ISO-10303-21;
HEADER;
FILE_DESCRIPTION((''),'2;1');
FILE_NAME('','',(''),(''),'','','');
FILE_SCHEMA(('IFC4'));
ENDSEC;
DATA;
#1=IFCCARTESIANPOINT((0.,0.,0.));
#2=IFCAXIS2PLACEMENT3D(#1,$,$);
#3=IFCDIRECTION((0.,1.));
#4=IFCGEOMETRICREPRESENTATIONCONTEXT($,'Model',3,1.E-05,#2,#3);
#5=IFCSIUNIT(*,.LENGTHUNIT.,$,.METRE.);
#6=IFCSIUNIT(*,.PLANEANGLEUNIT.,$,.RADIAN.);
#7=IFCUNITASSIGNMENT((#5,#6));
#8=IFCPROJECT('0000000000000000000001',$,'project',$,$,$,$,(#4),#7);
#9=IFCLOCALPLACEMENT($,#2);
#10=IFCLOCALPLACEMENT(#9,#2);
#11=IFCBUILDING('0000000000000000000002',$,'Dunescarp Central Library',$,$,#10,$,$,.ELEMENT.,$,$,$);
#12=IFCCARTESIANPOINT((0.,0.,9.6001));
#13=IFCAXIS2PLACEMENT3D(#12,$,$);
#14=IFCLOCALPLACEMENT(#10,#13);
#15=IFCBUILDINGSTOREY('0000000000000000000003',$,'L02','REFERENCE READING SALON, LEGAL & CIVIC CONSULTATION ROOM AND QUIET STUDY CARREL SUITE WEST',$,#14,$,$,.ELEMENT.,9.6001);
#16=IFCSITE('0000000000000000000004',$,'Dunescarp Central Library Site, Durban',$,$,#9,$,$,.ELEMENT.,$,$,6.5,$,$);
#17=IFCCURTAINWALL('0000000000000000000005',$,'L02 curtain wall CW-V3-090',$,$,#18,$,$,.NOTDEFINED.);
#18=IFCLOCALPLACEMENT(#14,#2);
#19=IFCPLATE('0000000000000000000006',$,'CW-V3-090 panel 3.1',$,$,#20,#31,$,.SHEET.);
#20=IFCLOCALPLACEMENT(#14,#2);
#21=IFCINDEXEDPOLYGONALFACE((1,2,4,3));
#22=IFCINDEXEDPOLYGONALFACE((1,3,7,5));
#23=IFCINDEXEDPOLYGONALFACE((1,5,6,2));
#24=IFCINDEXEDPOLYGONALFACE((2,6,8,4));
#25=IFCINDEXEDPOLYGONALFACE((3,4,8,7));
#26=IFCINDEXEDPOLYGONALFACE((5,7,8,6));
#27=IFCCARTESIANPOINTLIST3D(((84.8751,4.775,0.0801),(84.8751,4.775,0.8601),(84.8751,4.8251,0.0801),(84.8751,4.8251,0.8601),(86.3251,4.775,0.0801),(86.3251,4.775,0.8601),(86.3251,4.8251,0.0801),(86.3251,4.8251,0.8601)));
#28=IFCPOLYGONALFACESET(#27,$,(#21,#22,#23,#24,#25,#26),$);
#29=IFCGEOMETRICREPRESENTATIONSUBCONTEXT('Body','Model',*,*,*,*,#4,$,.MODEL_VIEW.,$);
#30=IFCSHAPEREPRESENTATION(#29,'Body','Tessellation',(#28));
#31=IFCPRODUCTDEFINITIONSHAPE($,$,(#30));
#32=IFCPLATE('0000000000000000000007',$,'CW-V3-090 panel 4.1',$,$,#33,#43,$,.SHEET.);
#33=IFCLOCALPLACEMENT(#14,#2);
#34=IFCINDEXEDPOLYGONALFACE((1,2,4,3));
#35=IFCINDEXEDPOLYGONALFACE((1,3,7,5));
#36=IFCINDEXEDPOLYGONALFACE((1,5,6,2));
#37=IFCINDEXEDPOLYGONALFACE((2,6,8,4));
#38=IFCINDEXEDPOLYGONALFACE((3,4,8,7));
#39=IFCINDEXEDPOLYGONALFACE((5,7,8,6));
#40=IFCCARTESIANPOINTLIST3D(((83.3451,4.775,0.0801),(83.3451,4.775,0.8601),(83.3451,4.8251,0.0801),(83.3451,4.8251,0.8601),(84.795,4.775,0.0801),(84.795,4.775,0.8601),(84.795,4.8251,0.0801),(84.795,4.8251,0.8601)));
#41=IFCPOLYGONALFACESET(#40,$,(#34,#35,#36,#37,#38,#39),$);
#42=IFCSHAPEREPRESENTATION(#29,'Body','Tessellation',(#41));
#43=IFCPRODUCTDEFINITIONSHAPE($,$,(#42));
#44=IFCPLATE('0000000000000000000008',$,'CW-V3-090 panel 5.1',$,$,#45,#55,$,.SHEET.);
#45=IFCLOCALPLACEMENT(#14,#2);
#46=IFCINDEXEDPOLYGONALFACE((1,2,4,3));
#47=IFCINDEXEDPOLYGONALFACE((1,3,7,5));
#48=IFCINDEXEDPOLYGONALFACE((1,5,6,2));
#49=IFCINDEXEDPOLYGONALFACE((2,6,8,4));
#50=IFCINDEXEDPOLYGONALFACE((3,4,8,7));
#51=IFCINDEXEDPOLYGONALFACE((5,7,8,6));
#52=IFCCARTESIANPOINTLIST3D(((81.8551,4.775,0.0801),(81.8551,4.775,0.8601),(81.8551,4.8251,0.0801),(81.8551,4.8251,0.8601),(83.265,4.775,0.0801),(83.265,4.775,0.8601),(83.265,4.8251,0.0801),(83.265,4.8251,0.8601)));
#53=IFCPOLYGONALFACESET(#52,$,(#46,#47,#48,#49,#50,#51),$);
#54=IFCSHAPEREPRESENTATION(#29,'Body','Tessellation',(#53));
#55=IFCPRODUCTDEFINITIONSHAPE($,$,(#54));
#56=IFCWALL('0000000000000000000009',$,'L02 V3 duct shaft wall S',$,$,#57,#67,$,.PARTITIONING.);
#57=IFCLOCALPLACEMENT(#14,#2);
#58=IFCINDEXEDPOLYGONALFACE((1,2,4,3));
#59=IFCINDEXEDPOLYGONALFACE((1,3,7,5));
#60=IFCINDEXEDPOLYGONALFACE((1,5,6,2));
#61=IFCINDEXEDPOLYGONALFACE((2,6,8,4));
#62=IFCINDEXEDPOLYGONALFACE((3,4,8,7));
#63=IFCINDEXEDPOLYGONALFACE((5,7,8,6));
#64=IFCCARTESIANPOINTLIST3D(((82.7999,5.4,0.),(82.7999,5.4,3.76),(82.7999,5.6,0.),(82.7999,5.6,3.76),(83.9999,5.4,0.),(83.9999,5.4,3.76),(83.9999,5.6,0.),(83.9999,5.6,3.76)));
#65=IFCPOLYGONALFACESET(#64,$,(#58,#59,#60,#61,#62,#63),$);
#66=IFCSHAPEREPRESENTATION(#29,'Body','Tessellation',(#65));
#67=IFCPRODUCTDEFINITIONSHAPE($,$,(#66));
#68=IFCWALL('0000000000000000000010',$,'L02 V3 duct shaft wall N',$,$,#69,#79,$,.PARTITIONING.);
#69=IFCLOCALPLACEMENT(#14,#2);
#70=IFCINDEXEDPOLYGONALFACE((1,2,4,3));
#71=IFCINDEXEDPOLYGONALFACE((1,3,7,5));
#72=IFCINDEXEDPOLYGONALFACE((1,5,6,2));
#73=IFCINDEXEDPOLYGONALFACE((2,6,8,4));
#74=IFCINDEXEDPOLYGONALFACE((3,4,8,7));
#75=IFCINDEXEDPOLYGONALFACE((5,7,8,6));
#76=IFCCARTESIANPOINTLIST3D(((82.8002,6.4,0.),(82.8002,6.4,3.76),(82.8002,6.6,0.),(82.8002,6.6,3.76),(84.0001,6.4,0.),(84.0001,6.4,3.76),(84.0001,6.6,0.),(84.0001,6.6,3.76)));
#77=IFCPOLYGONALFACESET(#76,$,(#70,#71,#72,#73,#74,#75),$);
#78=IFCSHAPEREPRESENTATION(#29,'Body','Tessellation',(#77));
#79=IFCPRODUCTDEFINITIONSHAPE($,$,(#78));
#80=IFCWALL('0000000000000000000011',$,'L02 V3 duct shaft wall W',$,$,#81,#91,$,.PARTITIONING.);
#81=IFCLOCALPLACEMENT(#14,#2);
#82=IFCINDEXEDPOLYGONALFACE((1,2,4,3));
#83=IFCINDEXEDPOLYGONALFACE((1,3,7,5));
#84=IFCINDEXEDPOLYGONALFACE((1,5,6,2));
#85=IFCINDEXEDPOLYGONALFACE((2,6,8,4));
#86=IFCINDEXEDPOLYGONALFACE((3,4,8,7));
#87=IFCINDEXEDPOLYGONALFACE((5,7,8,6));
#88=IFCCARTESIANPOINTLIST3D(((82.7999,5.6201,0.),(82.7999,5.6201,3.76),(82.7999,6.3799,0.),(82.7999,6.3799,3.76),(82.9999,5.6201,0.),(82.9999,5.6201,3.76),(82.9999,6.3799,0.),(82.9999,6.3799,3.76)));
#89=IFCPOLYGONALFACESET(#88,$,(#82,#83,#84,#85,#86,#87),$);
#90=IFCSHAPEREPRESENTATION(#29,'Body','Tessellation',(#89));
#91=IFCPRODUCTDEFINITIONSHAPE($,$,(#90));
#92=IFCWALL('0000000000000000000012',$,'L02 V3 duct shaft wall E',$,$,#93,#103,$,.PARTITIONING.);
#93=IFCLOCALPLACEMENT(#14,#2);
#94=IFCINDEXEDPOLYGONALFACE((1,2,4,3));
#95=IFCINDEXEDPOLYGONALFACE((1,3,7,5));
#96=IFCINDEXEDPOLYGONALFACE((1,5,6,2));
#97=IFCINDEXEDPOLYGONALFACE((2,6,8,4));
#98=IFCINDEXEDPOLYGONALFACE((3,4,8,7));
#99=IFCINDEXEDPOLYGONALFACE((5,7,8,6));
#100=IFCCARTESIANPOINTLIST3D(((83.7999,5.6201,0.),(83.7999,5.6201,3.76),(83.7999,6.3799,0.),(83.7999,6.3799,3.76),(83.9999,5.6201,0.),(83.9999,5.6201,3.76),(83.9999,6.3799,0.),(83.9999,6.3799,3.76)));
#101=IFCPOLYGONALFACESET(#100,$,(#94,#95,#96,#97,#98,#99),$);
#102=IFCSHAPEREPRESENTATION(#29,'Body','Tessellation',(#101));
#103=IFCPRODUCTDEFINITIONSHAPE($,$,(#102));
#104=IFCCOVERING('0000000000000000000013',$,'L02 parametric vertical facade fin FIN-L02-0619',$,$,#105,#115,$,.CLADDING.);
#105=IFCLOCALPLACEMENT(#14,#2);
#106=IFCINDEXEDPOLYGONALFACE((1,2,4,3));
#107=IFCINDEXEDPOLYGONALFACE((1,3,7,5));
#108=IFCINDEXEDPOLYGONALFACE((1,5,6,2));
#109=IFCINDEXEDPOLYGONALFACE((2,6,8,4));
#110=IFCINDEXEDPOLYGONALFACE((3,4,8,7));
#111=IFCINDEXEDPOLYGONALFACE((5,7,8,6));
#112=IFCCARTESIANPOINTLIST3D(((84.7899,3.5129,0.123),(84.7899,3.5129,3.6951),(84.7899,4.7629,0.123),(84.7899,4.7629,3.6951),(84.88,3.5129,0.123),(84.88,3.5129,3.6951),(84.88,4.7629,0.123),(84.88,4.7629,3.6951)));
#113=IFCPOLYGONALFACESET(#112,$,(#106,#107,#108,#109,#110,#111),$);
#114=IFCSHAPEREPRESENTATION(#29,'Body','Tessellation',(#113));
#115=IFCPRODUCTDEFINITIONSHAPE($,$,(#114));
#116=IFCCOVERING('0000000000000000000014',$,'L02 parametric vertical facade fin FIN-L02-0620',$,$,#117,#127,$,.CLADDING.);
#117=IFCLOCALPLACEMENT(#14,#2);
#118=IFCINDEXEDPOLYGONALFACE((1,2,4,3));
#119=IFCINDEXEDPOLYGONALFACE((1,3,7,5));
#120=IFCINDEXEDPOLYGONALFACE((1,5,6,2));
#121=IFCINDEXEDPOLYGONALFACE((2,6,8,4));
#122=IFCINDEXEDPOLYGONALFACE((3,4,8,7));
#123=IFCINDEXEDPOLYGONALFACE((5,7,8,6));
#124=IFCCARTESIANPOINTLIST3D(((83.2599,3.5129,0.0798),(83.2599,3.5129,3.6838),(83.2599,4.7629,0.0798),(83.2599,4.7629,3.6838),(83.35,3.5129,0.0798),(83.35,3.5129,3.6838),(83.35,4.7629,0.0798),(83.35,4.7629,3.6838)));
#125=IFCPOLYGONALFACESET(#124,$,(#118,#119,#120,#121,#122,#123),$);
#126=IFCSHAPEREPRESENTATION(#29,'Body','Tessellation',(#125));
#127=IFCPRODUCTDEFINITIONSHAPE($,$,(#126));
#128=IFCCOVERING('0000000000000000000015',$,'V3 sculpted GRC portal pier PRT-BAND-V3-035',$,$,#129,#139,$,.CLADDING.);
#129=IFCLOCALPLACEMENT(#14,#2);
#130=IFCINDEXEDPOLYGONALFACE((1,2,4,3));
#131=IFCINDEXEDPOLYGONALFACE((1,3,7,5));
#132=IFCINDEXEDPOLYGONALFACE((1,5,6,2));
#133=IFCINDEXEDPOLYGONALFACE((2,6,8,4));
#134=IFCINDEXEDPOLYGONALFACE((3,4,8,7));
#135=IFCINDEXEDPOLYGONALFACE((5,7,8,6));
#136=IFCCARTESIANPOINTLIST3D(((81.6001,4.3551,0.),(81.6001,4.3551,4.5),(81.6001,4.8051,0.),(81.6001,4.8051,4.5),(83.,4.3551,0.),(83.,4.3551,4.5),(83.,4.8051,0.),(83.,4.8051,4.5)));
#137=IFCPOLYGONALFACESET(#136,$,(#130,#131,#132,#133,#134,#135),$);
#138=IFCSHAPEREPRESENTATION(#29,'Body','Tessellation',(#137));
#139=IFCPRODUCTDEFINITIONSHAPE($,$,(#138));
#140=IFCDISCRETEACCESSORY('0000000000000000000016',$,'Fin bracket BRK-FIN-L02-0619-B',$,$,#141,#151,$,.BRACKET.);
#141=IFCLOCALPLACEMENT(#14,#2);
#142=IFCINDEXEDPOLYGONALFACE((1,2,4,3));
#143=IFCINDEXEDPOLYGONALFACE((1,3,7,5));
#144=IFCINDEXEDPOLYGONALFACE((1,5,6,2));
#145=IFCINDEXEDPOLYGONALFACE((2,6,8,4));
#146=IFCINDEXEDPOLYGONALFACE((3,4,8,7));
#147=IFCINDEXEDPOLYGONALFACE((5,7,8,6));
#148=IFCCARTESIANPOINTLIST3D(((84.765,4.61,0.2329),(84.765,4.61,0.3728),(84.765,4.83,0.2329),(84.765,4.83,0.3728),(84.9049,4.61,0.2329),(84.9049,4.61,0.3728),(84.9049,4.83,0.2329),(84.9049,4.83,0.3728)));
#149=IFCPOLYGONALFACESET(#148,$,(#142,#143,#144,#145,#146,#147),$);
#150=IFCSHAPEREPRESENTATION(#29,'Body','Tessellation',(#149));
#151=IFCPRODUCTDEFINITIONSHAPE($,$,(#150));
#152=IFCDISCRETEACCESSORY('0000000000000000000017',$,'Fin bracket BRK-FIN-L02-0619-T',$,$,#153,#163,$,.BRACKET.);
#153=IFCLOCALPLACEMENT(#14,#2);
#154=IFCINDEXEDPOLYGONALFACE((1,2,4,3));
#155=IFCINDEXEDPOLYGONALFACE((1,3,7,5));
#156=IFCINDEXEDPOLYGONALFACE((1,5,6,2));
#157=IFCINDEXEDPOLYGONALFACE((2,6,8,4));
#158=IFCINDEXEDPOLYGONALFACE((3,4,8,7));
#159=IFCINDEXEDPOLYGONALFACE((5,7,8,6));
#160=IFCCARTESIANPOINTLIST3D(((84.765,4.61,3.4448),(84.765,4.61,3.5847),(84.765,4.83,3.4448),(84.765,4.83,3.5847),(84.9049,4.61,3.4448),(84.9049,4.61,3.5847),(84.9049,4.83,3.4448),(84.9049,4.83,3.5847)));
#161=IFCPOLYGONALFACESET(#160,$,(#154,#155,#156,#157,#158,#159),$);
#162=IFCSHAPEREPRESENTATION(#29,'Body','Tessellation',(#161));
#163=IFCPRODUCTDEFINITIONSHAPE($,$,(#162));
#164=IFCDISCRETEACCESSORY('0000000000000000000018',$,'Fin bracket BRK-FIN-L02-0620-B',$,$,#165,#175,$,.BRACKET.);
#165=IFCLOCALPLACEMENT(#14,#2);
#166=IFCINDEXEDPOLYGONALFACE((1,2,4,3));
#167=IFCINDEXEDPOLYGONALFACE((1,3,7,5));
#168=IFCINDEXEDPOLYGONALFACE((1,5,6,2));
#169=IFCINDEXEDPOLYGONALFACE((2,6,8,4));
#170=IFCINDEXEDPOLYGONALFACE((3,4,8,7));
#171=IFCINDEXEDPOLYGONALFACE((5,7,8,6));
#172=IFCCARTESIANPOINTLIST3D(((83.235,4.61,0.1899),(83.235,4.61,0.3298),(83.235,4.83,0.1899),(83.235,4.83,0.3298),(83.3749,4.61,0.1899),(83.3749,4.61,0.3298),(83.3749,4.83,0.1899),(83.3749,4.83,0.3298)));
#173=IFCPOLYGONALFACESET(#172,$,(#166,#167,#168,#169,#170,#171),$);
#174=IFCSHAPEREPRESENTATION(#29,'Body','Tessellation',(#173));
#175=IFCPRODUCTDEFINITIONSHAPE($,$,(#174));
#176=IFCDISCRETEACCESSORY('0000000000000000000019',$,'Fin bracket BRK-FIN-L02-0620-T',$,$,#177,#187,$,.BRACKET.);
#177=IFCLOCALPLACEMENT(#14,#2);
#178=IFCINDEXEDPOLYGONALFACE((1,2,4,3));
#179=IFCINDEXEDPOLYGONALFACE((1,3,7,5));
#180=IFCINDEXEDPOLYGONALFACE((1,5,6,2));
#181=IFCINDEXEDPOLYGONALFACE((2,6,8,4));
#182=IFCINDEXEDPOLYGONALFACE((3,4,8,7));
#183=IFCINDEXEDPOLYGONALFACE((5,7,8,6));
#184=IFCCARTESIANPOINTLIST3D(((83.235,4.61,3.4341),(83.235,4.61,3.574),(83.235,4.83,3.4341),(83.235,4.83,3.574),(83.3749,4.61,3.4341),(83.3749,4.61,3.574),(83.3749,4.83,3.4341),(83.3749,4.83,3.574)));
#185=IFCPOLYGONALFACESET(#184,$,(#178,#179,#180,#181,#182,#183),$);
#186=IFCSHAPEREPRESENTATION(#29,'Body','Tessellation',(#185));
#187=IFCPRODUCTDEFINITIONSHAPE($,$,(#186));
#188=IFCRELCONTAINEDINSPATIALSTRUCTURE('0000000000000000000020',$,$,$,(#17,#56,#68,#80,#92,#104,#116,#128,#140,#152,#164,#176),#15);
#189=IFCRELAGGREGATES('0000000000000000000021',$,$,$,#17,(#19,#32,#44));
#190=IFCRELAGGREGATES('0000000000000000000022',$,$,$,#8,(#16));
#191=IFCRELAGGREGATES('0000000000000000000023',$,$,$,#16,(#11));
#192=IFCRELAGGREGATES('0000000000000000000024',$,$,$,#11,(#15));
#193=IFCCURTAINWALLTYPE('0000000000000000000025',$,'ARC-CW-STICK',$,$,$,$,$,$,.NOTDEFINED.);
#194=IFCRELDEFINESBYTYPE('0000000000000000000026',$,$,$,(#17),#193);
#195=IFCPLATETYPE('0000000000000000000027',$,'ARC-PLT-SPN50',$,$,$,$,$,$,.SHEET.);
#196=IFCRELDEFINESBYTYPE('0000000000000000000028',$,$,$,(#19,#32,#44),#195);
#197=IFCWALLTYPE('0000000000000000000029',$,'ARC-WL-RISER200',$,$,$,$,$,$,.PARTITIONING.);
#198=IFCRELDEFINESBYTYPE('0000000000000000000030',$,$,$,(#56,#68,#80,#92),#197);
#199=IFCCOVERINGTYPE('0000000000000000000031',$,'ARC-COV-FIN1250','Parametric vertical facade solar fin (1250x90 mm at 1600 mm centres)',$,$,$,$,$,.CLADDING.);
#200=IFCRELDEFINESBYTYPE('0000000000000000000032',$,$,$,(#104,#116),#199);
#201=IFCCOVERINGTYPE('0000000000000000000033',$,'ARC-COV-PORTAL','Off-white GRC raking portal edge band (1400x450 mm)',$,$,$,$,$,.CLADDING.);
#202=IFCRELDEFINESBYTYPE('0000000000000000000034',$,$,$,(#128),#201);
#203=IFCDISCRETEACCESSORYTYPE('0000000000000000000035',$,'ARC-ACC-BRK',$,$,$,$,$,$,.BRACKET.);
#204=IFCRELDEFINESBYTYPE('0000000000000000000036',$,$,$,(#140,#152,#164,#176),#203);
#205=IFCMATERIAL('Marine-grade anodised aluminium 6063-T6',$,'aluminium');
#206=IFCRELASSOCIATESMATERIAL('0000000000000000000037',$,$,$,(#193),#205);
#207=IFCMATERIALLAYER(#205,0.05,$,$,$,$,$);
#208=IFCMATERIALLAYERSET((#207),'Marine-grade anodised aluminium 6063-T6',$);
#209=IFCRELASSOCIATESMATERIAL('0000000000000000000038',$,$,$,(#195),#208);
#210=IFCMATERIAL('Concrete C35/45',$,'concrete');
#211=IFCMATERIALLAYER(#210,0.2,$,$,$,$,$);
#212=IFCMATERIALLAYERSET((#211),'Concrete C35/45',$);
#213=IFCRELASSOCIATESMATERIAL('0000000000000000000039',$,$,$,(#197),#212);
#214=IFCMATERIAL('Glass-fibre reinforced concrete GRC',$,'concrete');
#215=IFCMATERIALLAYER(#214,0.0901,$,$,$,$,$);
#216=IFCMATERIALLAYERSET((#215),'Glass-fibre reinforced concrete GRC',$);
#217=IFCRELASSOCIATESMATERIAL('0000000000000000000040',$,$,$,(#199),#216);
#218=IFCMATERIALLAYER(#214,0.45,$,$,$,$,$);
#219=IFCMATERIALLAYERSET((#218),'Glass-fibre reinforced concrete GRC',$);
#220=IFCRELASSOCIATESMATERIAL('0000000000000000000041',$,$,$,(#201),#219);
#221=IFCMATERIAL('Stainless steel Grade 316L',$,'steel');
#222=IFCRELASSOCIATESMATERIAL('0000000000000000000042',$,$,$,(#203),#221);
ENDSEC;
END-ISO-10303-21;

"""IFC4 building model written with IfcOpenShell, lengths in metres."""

from ifc_helpers import new_model, si_unit, direction, frame, frame_2d, origin, origin_2d, place, context, subcontext, project, spatial, rectangle, extrude, material, layer, layer_set, type_object, element, aggregate, save


model = new_model("IFC4")

# Units and contexts
model_context = context("Model", 3, precision=1e-05, world=origin(), true_north=direction((0.0, 1.0)))
body_context = subcontext(model_context, "Body", "Model", "MODEL_VIEW")
ifc_project = project(units=[si_unit("LENGTHUNIT", "METRE"), si_unit("PLANEANGLEUNIT", "RADIAN")], contexts=[model_context])

# Site, building, storey
site_placement = place(None, origin())
site = spatial("IfcSite", under=ifc_project, at=site_placement, Name="Dunescarp Central Library Site, Durban", CompositionType="ELEMENT", RefElevation=6.5)
building_placement = place(site_placement, origin())
building = spatial("IfcBuilding", under=site, at=building_placement, Name="Dunescarp Central Library", CompositionType="ELEMENT")
storey_placement = place(building_placement, frame((0.0, 0.0, 9.6001)))
storey = spatial("IfcBuildingStorey", under=building, at=storey_placement, Name="L02", Description="REFERENCE READING SALON, LEGAL & CIVIC CONSULTATION ROOM AND QUIET STUDY CARREL SUITE WEST", CompositionType="ELEMENT", Elevation=9.6001)

# Curtain wall
ifc_material_1 = material(Name="Marine-grade anodised aluminium 6063-T6", Category="aluminium")
curtain_wall_type = type_object("IfcCurtainWallType", Name="ARC-CW-STICK", PredefinedType="NOTDEFINED", material=ifc_material_1)
curtain_wall_placement = place(storey_placement, origin())
curtain_wall = element("IfcCurtainWall", 1, at=curtain_wall_placement, inside=storey, type_object=curtain_wall_type, Name="L02 curtain wall CW-V3-090", PredefinedType="NOTDEFINED")

# Plates
ifc_layer_1 = layer(ifc_material_1, 0.05)
ifc_layer_set_1 = layer_set([ifc_layer_1], Name="Marine-grade anodised aluminium 6063-T6")
plate_type_1 = type_object("IfcPlateType", Name="ARC-PLT-SPN50", PredefinedType="SHEET", material=ifc_layer_set_1)
plate_1_placement = place(storey_placement, frame((85.6001, 4.8, 0.0801), z_axis=(0.0, 0.0, 1.0), x_axis=(-1.0, 0.0, 0.0)))
plate_1 = element("IfcPlate", 2, at=plate_1_placement, type_object=plate_type_1, Name="CW-V3-090 panel 3.1", PredefinedType="SHEET", context=body_context, shape_type="SweptSolid", body=[
    extrude(rectangle(XDim=1.45, YDim=0.05, at=origin_2d()), origin(), (0.0, 0.0, 1.0), 0.78),
])
plate_2_placement = place(storey_placement, frame((84.0701, 4.8, 0.0801), z_axis=(0.0, 0.0, 1.0), x_axis=(-1.0, 0.0, 0.0)))
plate_2 = element("IfcPlate", 3, at=plate_2_placement, type_object=plate_type_1, Name="CW-V3-090 panel 4.1", PredefinedType="SHEET", context=body_context, shape_type="SweptSolid", body=[
    extrude(rectangle(XDim=1.45, YDim=0.05, at=origin_2d()), origin(), (0.0, 0.0, 1.0), 0.78),
])
plate_3_placement = place(storey_placement, frame((82.5601, 4.8, 0.0801), z_axis=(0.0, 0.0, 1.0), x_axis=(-1.0, 0.0, 0.0)))
plate_3 = element("IfcPlate", 4, at=plate_3_placement, type_object=plate_type_1, Name="CW-V3-090 panel 5.1", PredefinedType="SHEET", context=body_context, shape_type="SweptSolid", body=[
    extrude(rectangle(XDim=1.4099, YDim=0.05, at=origin_2d()), origin(), (0.0, 0.0, 1.0), 0.78),
])
aggregate(curtain_wall, [plate_1, plate_2, plate_3])

# Walls
ifc_material_2 = material(Name="Concrete C35/45", Category="concrete")
ifc_layer_2 = layer(ifc_material_2, 0.2)
ifc_layer_set_2 = layer_set([ifc_layer_2], Name="Concrete C35/45")
wall_type = type_object("IfcWallType", Name="ARC-WL-RISER200", PredefinedType="PARTITIONING", material=ifc_layer_set_2)
for number, where, z_axis, x_axis, name in (
    (5, (84.0, 5.5, 0.0), (0.0, 0.0, 1.0), (-1.0, 0.0, 0.0), "L02 V3 duct shaft wall S"),
    (6, (82.8, 6.5, 0.0), (0.0, 0.0, 1.0), (1.0, 0.0, 0.0), "L02 V3 duct shaft wall N"),
):
    element("IfcWall", number, at=place(storey_placement, frame(where, z_axis=z_axis, x_axis=x_axis)), inside=storey, type_object=wall_type, Name=name, PredefinedType="PARTITIONING", context=body_context, shape_type="SweptSolid", body=[
        extrude(rectangle(XDim=1.2, YDim=0.2, at=frame_2d((0.6001, 0.0))), origin(), (0.0, 0.0, 1.0), 3.76),
    ])
for number, where, z_axis, x_axis, name in (
    (7, (82.8999, 5.6201, 0.0), (0.0, 0.0, 1.0), (0.0, 1.0, 0.0), "L02 V3 duct shaft wall W"),
    (8, (83.8999, 6.3799, 0.0), (0.0, 0.0, 1.0), (0.0, -1.0, 0.0), "L02 V3 duct shaft wall E"),
):
    element("IfcWall", number, at=place(storey_placement, frame(where, z_axis=z_axis, x_axis=x_axis)), inside=storey, type_object=wall_type, Name=name, PredefinedType="PARTITIONING", context=body_context, shape_type="SweptSolid", body=[
        extrude(rectangle(XDim=0.7598, YDim=0.2, at=frame_2d((0.3799, 0.0))), origin(), (0.0, 0.0, 1.0), 3.76),
    ])

# Coverings
ifc_material_3 = material(Name="Glass-fibre reinforced concrete GRC", Category="concrete")
ifc_layer_3 = layer(ifc_material_3, 0.0901)
ifc_layer_set_3 = layer_set([ifc_layer_3], Name="Glass-fibre reinforced concrete GRC")
covering_type_1 = type_object("IfcCoveringType", Name="ARC-COV-FIN1250", Description="Parametric vertical facade solar fin (1250x90 mm at 1600 mm centres)", PredefinedType="CLADDING", material=ifc_layer_set_3)
covering_1_placement = place(storey_placement, frame((84.835, 4.1379, 0.123), z_axis=(0.0, 0.0, 1.0), x_axis=(0.0, -1.0, 0.0)))
element("IfcCovering", 9, at=covering_1_placement, inside=storey, type_object=covering_type_1, Name="L02 parametric vertical facade fin FIN-L02-0619", PredefinedType="CLADDING", context=body_context, shape_type="SweptSolid", body=[
    extrude(rectangle(XDim=1.25, YDim=0.0901, at=origin_2d()), origin(), (0.0, 0.0, 1.0), 3.572),
])
covering_2_placement = place(storey_placement, frame((83.3049, 4.1379, 0.0798), z_axis=(0.0, 0.0, 1.0), x_axis=(0.0, -1.0, 0.0)))
element("IfcCovering", 10, at=covering_2_placement, inside=storey, type_object=covering_type_1, Name="L02 parametric vertical facade fin FIN-L02-0620", PredefinedType="CLADDING", context=body_context, shape_type="SweptSolid", body=[
    extrude(rectangle(XDim=1.25, YDim=0.0901, at=origin_2d()), origin(), (0.0, 0.0, 1.0), 3.604),
])
ifc_layer_4 = layer(ifc_material_3, 0.45)
ifc_layer_set_4 = layer_set([ifc_layer_4], Name="Glass-fibre reinforced concrete GRC")
covering_type_2 = type_object("IfcCoveringType", Name="ARC-COV-PORTAL", Description="Off-white GRC raking portal edge band (1400x450 mm)", PredefinedType="CLADDING", material=ifc_layer_set_4)
covering_3_placement = place(storey_placement, frame((82.3, 4.5801, 0.0), z_axis=(0.0, 0.0, 1.0), x_axis=(1.0, 0.0, 0.0)))
element("IfcCovering", 11, at=covering_3_placement, inside=storey, type_object=covering_type_2, Name="V3 sculpted GRC portal pier PRT-BAND-V3-035", PredefinedType="CLADDING", context=body_context, shape_type="SweptSolid", body=[
    extrude(rectangle(XDim=1.3999, YDim=0.45, at=origin_2d()), origin(), (0.0, 0.0, 1.0), 4.5),
])

# Discrete accessories
ifc_material_4 = material(Name="Stainless steel Grade 316L", Category="steel")
discrete_accessory_type = type_object("IfcDiscreteAccessoryType", Name="ARC-ACC-BRK", PredefinedType="BRACKET", material=ifc_material_4)
for number, where, z_axis, x_axis, name in (
    (12, (84.835, 4.72, 0.2329), (0.0, 0.0, 1.0), (0.0, -1.0, 0.0), "Fin bracket BRK-FIN-L02-0619-B"),
    (13, (84.835, 4.72, 3.4448), (0.0, 0.0, 1.0), (0.0, -1.0, 0.0), "Fin bracket BRK-FIN-L02-0619-T"),
    (14, (83.3049, 4.72, 0.1899), (0.0, 0.0, 1.0), (0.0, -1.0, 0.0), "Fin bracket BRK-FIN-L02-0620-B"),
    (15, (83.3049, 4.72, 3.4341), (0.0, 0.0, 1.0), (0.0, -1.0, 0.0), "Fin bracket BRK-FIN-L02-0620-T"),
):
    element("IfcDiscreteAccessory", number, at=place(storey_placement, frame(where, z_axis=z_axis, x_axis=x_axis)), inside=storey, type_object=discrete_accessory_type, Name=name, PredefinedType="BRACKET", context=body_context, shape_type="SweptSolid", body=[
        extrude(rectangle(XDim=0.22, YDim=0.1399, at=origin_2d()), origin(), (0.0, 0.0, 1.0), 0.1399),
    ])

save(model, "model.ifc")
